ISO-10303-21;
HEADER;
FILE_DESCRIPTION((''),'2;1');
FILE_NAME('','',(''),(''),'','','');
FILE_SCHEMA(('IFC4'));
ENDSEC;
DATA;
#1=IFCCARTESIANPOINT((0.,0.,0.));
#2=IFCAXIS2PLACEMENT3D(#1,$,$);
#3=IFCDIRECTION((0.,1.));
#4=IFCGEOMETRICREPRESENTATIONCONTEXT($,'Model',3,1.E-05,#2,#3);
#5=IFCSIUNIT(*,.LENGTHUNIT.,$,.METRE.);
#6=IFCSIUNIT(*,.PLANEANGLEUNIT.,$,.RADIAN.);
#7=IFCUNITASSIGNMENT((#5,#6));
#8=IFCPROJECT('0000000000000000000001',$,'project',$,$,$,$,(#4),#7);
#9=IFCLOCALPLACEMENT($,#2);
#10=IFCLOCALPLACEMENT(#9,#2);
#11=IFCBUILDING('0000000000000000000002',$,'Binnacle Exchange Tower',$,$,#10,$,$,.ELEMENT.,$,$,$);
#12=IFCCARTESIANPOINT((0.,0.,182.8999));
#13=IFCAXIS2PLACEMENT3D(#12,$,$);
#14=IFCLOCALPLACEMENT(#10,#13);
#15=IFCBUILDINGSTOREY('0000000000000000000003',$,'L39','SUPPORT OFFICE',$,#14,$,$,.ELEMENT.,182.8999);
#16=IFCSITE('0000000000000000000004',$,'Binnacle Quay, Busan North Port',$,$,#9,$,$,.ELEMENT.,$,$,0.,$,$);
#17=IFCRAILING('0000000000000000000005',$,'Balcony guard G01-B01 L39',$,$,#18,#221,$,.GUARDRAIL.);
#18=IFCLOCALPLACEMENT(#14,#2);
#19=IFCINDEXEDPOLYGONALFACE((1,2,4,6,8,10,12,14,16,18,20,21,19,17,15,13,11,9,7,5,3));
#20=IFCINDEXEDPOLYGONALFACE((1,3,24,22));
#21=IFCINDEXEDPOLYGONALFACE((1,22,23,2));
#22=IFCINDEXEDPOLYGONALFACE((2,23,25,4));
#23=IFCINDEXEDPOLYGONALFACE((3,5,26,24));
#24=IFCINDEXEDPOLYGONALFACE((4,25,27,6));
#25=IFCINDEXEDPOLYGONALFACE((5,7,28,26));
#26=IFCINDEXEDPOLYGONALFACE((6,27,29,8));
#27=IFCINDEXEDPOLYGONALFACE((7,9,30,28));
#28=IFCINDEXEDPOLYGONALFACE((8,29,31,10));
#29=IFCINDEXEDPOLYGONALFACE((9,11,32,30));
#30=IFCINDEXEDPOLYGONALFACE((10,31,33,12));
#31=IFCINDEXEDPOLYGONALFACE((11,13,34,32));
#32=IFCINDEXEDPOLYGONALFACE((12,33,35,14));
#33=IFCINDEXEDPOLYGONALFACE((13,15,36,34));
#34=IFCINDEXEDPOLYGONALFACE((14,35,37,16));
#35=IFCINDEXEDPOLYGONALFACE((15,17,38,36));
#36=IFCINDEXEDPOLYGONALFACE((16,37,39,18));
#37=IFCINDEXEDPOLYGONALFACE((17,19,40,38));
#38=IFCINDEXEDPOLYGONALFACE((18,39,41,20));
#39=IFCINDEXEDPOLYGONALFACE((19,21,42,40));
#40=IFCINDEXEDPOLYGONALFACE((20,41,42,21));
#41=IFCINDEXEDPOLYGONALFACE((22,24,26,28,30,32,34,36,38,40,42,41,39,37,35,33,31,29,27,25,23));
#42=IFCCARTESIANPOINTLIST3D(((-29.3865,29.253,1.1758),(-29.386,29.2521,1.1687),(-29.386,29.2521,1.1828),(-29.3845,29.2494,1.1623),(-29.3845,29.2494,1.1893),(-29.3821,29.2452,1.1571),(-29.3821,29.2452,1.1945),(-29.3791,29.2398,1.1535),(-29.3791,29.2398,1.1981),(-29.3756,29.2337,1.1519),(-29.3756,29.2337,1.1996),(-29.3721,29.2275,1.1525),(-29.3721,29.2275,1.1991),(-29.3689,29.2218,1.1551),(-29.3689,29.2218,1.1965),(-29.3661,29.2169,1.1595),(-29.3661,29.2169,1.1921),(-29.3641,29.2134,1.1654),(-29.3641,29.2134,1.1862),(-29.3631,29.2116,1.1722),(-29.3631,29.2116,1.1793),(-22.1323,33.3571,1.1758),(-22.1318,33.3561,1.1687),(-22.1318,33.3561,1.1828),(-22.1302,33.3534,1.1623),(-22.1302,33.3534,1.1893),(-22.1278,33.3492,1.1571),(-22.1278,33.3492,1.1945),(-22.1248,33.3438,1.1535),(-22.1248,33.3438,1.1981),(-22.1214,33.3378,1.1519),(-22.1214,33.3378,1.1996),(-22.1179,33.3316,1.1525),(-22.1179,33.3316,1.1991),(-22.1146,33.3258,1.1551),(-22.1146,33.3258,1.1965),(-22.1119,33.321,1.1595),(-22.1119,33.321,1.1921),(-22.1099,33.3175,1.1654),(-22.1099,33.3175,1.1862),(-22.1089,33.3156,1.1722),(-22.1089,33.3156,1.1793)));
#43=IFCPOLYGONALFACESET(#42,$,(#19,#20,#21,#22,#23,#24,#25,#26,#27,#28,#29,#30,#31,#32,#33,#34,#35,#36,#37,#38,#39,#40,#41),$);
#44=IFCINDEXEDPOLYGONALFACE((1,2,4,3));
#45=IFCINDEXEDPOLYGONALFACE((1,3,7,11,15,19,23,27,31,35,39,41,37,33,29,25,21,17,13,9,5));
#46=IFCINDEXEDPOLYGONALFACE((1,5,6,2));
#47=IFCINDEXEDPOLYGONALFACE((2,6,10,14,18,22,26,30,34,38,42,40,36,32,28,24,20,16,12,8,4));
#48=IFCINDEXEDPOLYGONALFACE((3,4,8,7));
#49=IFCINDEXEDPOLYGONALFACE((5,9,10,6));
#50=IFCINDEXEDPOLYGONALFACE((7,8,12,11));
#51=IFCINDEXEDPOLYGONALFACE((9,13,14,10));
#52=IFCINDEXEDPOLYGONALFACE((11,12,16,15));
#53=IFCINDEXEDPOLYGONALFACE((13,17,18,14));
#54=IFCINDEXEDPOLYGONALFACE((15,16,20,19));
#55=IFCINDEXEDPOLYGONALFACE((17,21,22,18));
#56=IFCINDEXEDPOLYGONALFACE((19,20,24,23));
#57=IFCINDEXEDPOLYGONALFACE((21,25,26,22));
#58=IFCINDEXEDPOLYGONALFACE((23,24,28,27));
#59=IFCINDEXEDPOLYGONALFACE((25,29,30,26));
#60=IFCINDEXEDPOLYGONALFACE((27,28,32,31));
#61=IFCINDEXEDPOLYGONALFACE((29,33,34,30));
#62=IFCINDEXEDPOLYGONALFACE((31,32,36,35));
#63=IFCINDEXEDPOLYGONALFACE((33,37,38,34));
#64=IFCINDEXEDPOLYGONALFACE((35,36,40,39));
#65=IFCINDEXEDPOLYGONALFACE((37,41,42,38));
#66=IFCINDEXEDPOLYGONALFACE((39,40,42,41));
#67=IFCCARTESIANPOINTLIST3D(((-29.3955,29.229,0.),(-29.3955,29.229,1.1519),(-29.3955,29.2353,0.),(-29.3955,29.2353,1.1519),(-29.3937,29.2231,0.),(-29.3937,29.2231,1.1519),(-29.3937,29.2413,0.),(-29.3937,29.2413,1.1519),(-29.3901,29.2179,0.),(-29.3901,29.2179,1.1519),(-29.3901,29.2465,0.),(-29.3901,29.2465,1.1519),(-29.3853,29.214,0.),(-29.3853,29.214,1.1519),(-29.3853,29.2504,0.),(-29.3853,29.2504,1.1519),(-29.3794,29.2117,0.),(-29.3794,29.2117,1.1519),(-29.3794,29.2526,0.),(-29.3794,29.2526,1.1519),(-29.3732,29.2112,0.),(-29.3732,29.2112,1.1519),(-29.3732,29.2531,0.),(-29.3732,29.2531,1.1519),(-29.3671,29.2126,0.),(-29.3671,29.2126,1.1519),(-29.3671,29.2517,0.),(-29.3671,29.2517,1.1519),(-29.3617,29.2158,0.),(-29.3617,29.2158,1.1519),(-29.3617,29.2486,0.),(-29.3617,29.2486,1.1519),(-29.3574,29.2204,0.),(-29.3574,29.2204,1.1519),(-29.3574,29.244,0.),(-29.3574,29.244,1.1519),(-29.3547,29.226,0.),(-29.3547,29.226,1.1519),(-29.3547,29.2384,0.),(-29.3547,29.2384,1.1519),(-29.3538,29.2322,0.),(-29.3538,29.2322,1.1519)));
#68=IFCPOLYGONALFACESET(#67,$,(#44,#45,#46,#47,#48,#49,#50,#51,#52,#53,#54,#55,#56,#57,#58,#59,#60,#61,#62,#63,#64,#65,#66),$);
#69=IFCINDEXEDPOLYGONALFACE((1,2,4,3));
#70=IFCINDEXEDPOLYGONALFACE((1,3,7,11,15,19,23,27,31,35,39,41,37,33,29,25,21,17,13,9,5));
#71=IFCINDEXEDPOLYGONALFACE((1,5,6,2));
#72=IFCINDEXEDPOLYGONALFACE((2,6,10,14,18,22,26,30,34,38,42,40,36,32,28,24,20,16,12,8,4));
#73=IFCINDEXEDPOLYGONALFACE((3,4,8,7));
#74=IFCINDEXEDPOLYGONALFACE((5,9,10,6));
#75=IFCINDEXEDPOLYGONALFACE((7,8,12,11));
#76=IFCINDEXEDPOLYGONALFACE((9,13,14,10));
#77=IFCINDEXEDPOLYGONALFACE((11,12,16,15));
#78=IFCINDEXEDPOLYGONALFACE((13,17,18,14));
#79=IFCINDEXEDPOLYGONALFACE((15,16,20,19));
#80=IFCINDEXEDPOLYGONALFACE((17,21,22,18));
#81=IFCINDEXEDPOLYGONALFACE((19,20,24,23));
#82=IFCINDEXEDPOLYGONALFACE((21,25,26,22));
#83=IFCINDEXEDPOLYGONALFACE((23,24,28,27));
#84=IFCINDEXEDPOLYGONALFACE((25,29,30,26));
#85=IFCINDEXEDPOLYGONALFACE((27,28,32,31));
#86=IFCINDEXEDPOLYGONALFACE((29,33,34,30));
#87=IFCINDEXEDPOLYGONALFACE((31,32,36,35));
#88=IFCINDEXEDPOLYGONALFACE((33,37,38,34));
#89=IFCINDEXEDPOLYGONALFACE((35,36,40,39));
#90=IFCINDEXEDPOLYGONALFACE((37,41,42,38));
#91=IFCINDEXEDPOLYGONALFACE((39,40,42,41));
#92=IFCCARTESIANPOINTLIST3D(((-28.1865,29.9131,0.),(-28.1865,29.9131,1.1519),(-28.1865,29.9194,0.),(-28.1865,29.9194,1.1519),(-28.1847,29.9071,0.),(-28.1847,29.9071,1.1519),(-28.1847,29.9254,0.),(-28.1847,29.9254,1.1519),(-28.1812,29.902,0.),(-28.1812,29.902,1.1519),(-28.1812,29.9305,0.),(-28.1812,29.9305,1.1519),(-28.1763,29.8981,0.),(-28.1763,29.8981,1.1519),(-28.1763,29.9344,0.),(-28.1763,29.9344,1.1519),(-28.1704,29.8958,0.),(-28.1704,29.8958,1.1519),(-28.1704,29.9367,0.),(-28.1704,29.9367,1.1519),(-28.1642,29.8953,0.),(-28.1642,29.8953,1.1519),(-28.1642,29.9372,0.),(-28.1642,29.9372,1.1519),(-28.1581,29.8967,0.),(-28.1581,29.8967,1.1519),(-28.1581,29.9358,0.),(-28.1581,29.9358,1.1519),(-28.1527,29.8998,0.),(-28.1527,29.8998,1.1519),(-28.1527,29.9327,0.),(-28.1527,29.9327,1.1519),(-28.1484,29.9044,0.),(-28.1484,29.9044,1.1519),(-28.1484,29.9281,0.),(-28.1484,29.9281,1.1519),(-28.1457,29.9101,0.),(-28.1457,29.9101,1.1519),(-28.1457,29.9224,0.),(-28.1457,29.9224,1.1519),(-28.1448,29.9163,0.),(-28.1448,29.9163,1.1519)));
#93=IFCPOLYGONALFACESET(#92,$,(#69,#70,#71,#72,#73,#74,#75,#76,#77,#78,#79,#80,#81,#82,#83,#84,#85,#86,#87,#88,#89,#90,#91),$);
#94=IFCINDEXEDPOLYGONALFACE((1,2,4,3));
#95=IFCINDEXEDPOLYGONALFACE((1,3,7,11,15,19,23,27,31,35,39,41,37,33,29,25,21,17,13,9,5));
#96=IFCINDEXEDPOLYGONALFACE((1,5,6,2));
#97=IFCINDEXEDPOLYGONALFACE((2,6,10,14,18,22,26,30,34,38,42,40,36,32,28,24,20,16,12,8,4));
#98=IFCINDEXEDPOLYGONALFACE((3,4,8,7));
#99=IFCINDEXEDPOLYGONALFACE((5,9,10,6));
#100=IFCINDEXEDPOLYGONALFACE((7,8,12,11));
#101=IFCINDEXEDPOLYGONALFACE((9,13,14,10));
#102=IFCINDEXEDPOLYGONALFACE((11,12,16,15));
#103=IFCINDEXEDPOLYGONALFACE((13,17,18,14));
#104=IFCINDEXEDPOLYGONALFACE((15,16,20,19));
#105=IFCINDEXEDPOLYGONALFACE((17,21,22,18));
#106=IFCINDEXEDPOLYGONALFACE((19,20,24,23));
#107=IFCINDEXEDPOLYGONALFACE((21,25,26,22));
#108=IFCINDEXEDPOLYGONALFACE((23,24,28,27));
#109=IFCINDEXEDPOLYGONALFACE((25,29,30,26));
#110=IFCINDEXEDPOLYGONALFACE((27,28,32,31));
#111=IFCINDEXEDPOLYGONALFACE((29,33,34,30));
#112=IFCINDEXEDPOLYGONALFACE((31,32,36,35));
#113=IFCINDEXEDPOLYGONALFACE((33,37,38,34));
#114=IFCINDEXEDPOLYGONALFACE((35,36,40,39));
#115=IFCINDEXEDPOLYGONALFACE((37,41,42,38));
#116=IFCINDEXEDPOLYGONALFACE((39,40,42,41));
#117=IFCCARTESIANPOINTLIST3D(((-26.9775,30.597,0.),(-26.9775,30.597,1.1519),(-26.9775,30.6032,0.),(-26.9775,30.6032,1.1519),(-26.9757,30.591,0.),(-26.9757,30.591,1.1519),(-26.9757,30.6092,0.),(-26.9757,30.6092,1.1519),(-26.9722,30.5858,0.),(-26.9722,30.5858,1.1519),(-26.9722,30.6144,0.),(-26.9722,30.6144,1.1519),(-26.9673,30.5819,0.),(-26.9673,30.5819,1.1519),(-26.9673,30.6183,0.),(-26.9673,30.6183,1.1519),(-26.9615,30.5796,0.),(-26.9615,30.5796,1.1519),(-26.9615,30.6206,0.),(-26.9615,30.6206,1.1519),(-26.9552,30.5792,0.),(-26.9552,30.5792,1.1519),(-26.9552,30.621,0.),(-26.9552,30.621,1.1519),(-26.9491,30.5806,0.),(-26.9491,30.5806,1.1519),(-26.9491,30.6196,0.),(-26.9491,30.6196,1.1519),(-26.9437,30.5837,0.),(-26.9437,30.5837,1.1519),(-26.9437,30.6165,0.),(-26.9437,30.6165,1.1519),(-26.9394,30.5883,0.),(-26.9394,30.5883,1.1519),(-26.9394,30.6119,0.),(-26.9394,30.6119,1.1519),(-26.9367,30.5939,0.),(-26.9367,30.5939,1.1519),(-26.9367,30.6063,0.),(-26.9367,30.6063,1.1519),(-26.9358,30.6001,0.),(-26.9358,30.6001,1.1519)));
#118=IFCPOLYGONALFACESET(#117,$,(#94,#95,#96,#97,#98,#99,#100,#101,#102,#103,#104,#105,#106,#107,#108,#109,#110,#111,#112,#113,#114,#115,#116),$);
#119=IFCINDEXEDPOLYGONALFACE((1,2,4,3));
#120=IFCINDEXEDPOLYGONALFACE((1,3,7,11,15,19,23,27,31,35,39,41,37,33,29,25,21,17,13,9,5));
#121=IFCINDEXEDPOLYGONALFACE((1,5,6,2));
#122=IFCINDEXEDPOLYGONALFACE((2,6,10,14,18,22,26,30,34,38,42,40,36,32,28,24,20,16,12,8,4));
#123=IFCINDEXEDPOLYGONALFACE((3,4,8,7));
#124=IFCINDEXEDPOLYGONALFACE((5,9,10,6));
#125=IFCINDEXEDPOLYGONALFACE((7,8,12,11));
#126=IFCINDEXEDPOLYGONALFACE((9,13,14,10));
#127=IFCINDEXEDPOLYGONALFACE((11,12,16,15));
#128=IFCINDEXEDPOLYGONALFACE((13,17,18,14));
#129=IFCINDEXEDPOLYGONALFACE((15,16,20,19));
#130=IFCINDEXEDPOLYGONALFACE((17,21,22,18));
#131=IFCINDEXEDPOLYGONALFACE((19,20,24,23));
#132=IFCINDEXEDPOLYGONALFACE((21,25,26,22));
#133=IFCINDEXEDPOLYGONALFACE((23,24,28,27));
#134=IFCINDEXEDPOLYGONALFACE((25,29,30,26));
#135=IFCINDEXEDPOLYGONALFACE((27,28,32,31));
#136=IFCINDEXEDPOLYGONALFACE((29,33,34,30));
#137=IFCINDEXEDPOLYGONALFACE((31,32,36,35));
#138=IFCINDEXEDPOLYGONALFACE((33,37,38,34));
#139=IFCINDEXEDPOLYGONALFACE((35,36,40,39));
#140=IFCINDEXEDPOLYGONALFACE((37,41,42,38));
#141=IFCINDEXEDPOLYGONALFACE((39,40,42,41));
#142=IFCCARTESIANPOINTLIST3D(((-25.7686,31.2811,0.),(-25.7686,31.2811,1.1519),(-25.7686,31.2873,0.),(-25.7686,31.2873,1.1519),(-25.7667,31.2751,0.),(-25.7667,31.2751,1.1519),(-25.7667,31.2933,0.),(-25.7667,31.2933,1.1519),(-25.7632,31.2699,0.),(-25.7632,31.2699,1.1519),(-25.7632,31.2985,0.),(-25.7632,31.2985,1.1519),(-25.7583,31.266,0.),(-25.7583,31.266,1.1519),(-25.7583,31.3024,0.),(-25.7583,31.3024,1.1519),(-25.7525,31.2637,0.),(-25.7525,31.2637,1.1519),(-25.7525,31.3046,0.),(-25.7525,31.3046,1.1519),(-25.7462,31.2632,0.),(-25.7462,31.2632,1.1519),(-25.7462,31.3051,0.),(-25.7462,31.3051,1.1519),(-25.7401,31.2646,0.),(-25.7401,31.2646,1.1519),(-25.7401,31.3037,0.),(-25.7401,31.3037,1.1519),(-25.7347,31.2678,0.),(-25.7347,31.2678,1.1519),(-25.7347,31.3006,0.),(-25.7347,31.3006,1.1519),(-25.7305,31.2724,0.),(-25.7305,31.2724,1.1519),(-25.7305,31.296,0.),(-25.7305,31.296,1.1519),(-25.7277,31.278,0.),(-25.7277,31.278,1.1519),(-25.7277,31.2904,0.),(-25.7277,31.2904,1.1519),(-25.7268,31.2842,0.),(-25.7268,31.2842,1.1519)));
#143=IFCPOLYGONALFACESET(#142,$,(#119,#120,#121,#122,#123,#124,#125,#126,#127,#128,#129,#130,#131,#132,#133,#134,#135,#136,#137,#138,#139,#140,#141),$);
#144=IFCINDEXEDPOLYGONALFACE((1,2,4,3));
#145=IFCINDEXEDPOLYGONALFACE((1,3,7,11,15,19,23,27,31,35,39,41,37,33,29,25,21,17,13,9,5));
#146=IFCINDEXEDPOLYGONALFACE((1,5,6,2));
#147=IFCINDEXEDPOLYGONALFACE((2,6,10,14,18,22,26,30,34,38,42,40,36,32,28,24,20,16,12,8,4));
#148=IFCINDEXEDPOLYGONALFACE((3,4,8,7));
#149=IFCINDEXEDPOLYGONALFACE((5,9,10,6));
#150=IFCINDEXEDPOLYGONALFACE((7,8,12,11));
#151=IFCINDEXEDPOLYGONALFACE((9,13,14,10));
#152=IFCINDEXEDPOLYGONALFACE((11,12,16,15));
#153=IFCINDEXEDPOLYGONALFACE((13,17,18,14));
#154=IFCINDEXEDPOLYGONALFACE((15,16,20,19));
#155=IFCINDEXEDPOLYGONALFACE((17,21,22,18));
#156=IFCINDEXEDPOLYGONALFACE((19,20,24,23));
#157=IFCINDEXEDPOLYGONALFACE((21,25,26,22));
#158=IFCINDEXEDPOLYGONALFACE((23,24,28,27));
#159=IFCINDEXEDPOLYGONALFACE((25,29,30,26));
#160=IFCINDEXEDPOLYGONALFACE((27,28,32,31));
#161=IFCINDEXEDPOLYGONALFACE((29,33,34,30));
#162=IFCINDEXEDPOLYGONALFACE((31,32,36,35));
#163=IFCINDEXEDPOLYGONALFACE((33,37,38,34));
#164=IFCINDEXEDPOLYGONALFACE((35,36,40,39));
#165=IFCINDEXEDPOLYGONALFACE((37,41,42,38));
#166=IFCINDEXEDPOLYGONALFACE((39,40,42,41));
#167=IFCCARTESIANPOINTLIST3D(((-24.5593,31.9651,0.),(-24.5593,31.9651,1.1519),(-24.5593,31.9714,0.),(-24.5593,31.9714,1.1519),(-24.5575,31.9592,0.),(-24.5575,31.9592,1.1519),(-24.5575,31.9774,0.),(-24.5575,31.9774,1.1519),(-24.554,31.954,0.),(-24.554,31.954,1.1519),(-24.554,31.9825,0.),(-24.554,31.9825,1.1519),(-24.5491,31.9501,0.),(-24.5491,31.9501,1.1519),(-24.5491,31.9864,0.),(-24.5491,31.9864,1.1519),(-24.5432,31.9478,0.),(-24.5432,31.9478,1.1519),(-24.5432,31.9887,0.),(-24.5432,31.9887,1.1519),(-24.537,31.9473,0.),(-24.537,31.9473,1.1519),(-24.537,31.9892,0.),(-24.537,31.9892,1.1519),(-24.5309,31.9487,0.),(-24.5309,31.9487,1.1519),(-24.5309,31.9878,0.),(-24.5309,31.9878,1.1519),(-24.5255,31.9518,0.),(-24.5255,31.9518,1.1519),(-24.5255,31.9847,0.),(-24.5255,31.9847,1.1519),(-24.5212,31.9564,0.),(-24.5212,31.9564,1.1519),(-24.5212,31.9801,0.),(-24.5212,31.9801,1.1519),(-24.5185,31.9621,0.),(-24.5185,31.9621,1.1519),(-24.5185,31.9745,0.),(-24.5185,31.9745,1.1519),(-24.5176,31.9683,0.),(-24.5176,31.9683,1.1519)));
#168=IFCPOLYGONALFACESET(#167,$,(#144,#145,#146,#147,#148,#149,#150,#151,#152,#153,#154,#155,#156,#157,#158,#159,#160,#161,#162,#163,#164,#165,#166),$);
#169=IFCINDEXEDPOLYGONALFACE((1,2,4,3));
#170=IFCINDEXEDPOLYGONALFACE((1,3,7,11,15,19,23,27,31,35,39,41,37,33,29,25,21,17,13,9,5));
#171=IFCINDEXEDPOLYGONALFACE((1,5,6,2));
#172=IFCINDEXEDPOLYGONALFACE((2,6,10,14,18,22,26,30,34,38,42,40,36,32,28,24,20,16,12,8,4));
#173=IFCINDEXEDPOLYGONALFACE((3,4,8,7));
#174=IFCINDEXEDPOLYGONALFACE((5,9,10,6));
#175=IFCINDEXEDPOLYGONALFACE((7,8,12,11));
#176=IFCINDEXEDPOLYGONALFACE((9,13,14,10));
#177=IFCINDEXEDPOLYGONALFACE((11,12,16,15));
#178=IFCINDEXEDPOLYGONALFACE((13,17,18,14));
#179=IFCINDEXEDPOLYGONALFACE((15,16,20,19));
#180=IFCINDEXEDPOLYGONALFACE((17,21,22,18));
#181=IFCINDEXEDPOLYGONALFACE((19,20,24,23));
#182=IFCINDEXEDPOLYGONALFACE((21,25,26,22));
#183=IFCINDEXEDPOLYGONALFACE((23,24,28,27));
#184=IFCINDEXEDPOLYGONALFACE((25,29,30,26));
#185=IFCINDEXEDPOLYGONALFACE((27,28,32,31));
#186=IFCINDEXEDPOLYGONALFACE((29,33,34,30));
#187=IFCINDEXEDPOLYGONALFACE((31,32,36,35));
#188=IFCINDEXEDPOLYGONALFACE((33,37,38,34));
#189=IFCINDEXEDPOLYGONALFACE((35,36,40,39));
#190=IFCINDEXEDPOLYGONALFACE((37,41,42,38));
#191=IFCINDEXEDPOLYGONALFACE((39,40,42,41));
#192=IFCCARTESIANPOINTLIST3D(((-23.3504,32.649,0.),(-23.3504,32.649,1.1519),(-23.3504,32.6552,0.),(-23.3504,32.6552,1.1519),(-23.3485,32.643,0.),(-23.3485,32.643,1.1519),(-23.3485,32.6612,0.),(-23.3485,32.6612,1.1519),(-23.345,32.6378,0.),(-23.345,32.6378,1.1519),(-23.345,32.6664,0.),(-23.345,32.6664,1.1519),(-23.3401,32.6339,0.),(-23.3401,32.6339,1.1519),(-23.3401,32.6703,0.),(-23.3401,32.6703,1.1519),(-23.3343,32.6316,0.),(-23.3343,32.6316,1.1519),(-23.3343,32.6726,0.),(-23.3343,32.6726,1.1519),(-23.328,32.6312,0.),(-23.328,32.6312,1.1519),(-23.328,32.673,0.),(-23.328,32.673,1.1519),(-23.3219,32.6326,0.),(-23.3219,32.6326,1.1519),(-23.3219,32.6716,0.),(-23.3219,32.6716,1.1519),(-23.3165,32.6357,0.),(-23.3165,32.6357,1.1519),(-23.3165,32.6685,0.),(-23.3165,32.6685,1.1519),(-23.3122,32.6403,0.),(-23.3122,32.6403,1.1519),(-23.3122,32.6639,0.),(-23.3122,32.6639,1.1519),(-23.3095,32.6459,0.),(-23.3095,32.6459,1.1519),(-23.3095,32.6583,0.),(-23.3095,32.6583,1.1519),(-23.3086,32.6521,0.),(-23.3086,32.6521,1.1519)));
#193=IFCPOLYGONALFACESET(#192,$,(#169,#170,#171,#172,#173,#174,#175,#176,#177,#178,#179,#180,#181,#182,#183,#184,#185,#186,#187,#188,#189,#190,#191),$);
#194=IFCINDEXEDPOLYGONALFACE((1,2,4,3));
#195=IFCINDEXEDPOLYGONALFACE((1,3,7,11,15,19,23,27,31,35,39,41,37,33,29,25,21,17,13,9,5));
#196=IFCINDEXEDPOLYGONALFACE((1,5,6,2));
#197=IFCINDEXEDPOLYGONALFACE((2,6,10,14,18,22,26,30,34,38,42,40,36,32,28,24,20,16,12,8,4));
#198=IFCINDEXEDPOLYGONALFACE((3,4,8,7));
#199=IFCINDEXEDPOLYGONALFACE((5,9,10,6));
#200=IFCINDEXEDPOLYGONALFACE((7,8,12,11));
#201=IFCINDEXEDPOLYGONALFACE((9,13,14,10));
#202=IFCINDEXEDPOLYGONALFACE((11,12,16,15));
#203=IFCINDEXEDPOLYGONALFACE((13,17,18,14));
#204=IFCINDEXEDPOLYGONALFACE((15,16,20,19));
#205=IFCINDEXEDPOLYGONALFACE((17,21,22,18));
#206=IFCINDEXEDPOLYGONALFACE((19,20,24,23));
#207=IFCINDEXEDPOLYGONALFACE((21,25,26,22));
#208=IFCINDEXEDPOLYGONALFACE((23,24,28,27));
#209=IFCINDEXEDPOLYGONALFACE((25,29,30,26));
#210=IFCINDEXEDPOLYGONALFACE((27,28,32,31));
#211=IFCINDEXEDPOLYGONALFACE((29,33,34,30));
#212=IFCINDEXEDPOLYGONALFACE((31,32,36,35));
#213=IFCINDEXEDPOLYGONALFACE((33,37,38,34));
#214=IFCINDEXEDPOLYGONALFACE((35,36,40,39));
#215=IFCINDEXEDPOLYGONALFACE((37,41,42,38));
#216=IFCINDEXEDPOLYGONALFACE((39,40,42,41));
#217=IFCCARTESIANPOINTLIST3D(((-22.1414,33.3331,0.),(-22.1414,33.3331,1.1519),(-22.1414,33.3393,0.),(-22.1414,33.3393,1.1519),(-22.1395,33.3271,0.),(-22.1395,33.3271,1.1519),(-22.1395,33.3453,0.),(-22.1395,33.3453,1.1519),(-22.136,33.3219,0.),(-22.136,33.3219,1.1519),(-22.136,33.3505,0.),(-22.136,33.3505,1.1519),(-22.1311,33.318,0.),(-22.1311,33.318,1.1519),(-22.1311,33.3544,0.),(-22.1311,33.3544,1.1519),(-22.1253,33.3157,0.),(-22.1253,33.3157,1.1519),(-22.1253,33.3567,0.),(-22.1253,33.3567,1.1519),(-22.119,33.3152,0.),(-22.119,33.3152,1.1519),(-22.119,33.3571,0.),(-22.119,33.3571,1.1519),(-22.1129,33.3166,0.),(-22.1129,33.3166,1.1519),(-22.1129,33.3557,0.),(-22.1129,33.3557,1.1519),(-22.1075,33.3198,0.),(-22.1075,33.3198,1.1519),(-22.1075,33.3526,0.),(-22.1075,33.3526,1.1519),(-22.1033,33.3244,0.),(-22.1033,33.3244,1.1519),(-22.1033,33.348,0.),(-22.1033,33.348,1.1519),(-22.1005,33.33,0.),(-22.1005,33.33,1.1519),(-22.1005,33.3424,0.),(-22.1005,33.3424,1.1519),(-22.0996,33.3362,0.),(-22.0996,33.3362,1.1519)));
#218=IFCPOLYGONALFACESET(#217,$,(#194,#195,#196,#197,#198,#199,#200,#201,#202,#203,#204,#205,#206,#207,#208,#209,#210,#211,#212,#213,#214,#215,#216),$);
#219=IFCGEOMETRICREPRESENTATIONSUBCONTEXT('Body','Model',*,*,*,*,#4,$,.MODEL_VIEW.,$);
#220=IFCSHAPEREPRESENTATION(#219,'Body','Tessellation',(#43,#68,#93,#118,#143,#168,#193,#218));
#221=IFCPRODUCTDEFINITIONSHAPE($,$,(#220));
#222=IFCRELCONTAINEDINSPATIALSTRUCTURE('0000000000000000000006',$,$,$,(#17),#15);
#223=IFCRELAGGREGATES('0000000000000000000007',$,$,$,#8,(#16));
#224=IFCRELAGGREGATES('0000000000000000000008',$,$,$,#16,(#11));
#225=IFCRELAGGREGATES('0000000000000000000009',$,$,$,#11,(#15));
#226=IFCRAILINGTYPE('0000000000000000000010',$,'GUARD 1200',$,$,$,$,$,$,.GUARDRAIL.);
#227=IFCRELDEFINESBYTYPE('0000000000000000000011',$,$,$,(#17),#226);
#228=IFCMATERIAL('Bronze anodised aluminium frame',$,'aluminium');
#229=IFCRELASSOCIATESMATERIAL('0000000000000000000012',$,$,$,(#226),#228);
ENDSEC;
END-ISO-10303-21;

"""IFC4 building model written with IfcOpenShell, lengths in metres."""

from ifc_helpers import new_model, si_unit, direction, frame, origin, origin_2d, place, context, subcontext, project, spatial, circle, extrude, material, type_object, element, save


model = new_model("IFC4")

# Units and contexts
model_context = context("Model", 3, precision=1e-05, world=origin(), true_north=direction((0.0, 1.0)))
body_context = subcontext(model_context, "Body", "Model", "MODEL_VIEW")
ifc_project = project(units=[si_unit("LENGTHUNIT", "METRE"), si_unit("PLANEANGLEUNIT", "RADIAN")], contexts=[model_context])

# Site, building, storey
site_placement = place(None, origin())
site = spatial("IfcSite", under=ifc_project, at=site_placement, Name="Binnacle Quay, Busan North Port", CompositionType="ELEMENT", RefElevation=0.0)
building_placement = place(site_placement, origin())
building = spatial("IfcBuilding", under=site, at=building_placement, Name="Binnacle Exchange Tower", CompositionType="ELEMENT")
storey_placement = place(building_placement, frame((0.0, 0.0, 182.8999)))
storey = spatial("IfcBuildingStorey", under=building, at=storey_placement, Name="L39", Description="SUPPORT OFFICE", CompositionType="ELEMENT", Elevation=182.8999)

# Railing
ifc_material_1 = material(Name="Bronze anodised aluminium frame", Category="aluminium")
railing_type_1 = type_object("IfcRailingType", Name="GUARD 1200", PredefinedType="GUARDRAIL", material=ifc_material_1)
railing_1_placement = place(storey_placement, frame((-29.3748, 29.2322, 0.0)))
element("IfcRailing", 1, at=railing_1_placement, inside=storey, type_object=railing_type_1, Name="Balcony guard G01-B01 L39", PredefinedType="GUARDRAIL", context=body_context, shape_type="SweptSolid", body=[
    extrude(circle(Radius=0.0239, at=origin_2d()), frame((0.0, 0.0, 1.1758), z_axis=(0.870366, 0.492406, 0.0), x_axis=(-0.492406, 0.870366, 0.0)), (0.0, 0.0, 1.0), 8.3347),
    extrude(circle(Radius=0.021, at=origin_2d()), origin(), (0.0, 0.0, 1.0), 1.1519),
    extrude(circle(Radius=0.021, at=origin_2d()), frame((1.209, 0.6841, 0.0)), (0.0, 0.0, 1.0), 1.1519),
    extrude(circle(Radius=0.021, at=origin_2d()), frame((2.418, 1.3679, 0.0)), (0.0, 0.0, 1.0), 1.1519),
    extrude(circle(Radius=0.021, at=origin_2d()), frame((3.627, 2.052, 0.0)), (0.0, 0.0, 1.0), 1.1519),
    extrude(circle(Radius=0.021, at=origin_2d()), frame((4.8362, 2.7361, 0.0)), (0.0, 0.0, 1.0), 1.1519),
    extrude(circle(Radius=0.021, at=origin_2d()), frame((6.0452, 3.4199, 0.0)), (0.0, 0.0, 1.0), 1.1519),
    extrude(circle(Radius=0.021, at=origin_2d()), frame((7.2542, 4.104, 0.0)), (0.0, 0.0, 1.0), 1.1519),
])

save(model, "model.ifc")
